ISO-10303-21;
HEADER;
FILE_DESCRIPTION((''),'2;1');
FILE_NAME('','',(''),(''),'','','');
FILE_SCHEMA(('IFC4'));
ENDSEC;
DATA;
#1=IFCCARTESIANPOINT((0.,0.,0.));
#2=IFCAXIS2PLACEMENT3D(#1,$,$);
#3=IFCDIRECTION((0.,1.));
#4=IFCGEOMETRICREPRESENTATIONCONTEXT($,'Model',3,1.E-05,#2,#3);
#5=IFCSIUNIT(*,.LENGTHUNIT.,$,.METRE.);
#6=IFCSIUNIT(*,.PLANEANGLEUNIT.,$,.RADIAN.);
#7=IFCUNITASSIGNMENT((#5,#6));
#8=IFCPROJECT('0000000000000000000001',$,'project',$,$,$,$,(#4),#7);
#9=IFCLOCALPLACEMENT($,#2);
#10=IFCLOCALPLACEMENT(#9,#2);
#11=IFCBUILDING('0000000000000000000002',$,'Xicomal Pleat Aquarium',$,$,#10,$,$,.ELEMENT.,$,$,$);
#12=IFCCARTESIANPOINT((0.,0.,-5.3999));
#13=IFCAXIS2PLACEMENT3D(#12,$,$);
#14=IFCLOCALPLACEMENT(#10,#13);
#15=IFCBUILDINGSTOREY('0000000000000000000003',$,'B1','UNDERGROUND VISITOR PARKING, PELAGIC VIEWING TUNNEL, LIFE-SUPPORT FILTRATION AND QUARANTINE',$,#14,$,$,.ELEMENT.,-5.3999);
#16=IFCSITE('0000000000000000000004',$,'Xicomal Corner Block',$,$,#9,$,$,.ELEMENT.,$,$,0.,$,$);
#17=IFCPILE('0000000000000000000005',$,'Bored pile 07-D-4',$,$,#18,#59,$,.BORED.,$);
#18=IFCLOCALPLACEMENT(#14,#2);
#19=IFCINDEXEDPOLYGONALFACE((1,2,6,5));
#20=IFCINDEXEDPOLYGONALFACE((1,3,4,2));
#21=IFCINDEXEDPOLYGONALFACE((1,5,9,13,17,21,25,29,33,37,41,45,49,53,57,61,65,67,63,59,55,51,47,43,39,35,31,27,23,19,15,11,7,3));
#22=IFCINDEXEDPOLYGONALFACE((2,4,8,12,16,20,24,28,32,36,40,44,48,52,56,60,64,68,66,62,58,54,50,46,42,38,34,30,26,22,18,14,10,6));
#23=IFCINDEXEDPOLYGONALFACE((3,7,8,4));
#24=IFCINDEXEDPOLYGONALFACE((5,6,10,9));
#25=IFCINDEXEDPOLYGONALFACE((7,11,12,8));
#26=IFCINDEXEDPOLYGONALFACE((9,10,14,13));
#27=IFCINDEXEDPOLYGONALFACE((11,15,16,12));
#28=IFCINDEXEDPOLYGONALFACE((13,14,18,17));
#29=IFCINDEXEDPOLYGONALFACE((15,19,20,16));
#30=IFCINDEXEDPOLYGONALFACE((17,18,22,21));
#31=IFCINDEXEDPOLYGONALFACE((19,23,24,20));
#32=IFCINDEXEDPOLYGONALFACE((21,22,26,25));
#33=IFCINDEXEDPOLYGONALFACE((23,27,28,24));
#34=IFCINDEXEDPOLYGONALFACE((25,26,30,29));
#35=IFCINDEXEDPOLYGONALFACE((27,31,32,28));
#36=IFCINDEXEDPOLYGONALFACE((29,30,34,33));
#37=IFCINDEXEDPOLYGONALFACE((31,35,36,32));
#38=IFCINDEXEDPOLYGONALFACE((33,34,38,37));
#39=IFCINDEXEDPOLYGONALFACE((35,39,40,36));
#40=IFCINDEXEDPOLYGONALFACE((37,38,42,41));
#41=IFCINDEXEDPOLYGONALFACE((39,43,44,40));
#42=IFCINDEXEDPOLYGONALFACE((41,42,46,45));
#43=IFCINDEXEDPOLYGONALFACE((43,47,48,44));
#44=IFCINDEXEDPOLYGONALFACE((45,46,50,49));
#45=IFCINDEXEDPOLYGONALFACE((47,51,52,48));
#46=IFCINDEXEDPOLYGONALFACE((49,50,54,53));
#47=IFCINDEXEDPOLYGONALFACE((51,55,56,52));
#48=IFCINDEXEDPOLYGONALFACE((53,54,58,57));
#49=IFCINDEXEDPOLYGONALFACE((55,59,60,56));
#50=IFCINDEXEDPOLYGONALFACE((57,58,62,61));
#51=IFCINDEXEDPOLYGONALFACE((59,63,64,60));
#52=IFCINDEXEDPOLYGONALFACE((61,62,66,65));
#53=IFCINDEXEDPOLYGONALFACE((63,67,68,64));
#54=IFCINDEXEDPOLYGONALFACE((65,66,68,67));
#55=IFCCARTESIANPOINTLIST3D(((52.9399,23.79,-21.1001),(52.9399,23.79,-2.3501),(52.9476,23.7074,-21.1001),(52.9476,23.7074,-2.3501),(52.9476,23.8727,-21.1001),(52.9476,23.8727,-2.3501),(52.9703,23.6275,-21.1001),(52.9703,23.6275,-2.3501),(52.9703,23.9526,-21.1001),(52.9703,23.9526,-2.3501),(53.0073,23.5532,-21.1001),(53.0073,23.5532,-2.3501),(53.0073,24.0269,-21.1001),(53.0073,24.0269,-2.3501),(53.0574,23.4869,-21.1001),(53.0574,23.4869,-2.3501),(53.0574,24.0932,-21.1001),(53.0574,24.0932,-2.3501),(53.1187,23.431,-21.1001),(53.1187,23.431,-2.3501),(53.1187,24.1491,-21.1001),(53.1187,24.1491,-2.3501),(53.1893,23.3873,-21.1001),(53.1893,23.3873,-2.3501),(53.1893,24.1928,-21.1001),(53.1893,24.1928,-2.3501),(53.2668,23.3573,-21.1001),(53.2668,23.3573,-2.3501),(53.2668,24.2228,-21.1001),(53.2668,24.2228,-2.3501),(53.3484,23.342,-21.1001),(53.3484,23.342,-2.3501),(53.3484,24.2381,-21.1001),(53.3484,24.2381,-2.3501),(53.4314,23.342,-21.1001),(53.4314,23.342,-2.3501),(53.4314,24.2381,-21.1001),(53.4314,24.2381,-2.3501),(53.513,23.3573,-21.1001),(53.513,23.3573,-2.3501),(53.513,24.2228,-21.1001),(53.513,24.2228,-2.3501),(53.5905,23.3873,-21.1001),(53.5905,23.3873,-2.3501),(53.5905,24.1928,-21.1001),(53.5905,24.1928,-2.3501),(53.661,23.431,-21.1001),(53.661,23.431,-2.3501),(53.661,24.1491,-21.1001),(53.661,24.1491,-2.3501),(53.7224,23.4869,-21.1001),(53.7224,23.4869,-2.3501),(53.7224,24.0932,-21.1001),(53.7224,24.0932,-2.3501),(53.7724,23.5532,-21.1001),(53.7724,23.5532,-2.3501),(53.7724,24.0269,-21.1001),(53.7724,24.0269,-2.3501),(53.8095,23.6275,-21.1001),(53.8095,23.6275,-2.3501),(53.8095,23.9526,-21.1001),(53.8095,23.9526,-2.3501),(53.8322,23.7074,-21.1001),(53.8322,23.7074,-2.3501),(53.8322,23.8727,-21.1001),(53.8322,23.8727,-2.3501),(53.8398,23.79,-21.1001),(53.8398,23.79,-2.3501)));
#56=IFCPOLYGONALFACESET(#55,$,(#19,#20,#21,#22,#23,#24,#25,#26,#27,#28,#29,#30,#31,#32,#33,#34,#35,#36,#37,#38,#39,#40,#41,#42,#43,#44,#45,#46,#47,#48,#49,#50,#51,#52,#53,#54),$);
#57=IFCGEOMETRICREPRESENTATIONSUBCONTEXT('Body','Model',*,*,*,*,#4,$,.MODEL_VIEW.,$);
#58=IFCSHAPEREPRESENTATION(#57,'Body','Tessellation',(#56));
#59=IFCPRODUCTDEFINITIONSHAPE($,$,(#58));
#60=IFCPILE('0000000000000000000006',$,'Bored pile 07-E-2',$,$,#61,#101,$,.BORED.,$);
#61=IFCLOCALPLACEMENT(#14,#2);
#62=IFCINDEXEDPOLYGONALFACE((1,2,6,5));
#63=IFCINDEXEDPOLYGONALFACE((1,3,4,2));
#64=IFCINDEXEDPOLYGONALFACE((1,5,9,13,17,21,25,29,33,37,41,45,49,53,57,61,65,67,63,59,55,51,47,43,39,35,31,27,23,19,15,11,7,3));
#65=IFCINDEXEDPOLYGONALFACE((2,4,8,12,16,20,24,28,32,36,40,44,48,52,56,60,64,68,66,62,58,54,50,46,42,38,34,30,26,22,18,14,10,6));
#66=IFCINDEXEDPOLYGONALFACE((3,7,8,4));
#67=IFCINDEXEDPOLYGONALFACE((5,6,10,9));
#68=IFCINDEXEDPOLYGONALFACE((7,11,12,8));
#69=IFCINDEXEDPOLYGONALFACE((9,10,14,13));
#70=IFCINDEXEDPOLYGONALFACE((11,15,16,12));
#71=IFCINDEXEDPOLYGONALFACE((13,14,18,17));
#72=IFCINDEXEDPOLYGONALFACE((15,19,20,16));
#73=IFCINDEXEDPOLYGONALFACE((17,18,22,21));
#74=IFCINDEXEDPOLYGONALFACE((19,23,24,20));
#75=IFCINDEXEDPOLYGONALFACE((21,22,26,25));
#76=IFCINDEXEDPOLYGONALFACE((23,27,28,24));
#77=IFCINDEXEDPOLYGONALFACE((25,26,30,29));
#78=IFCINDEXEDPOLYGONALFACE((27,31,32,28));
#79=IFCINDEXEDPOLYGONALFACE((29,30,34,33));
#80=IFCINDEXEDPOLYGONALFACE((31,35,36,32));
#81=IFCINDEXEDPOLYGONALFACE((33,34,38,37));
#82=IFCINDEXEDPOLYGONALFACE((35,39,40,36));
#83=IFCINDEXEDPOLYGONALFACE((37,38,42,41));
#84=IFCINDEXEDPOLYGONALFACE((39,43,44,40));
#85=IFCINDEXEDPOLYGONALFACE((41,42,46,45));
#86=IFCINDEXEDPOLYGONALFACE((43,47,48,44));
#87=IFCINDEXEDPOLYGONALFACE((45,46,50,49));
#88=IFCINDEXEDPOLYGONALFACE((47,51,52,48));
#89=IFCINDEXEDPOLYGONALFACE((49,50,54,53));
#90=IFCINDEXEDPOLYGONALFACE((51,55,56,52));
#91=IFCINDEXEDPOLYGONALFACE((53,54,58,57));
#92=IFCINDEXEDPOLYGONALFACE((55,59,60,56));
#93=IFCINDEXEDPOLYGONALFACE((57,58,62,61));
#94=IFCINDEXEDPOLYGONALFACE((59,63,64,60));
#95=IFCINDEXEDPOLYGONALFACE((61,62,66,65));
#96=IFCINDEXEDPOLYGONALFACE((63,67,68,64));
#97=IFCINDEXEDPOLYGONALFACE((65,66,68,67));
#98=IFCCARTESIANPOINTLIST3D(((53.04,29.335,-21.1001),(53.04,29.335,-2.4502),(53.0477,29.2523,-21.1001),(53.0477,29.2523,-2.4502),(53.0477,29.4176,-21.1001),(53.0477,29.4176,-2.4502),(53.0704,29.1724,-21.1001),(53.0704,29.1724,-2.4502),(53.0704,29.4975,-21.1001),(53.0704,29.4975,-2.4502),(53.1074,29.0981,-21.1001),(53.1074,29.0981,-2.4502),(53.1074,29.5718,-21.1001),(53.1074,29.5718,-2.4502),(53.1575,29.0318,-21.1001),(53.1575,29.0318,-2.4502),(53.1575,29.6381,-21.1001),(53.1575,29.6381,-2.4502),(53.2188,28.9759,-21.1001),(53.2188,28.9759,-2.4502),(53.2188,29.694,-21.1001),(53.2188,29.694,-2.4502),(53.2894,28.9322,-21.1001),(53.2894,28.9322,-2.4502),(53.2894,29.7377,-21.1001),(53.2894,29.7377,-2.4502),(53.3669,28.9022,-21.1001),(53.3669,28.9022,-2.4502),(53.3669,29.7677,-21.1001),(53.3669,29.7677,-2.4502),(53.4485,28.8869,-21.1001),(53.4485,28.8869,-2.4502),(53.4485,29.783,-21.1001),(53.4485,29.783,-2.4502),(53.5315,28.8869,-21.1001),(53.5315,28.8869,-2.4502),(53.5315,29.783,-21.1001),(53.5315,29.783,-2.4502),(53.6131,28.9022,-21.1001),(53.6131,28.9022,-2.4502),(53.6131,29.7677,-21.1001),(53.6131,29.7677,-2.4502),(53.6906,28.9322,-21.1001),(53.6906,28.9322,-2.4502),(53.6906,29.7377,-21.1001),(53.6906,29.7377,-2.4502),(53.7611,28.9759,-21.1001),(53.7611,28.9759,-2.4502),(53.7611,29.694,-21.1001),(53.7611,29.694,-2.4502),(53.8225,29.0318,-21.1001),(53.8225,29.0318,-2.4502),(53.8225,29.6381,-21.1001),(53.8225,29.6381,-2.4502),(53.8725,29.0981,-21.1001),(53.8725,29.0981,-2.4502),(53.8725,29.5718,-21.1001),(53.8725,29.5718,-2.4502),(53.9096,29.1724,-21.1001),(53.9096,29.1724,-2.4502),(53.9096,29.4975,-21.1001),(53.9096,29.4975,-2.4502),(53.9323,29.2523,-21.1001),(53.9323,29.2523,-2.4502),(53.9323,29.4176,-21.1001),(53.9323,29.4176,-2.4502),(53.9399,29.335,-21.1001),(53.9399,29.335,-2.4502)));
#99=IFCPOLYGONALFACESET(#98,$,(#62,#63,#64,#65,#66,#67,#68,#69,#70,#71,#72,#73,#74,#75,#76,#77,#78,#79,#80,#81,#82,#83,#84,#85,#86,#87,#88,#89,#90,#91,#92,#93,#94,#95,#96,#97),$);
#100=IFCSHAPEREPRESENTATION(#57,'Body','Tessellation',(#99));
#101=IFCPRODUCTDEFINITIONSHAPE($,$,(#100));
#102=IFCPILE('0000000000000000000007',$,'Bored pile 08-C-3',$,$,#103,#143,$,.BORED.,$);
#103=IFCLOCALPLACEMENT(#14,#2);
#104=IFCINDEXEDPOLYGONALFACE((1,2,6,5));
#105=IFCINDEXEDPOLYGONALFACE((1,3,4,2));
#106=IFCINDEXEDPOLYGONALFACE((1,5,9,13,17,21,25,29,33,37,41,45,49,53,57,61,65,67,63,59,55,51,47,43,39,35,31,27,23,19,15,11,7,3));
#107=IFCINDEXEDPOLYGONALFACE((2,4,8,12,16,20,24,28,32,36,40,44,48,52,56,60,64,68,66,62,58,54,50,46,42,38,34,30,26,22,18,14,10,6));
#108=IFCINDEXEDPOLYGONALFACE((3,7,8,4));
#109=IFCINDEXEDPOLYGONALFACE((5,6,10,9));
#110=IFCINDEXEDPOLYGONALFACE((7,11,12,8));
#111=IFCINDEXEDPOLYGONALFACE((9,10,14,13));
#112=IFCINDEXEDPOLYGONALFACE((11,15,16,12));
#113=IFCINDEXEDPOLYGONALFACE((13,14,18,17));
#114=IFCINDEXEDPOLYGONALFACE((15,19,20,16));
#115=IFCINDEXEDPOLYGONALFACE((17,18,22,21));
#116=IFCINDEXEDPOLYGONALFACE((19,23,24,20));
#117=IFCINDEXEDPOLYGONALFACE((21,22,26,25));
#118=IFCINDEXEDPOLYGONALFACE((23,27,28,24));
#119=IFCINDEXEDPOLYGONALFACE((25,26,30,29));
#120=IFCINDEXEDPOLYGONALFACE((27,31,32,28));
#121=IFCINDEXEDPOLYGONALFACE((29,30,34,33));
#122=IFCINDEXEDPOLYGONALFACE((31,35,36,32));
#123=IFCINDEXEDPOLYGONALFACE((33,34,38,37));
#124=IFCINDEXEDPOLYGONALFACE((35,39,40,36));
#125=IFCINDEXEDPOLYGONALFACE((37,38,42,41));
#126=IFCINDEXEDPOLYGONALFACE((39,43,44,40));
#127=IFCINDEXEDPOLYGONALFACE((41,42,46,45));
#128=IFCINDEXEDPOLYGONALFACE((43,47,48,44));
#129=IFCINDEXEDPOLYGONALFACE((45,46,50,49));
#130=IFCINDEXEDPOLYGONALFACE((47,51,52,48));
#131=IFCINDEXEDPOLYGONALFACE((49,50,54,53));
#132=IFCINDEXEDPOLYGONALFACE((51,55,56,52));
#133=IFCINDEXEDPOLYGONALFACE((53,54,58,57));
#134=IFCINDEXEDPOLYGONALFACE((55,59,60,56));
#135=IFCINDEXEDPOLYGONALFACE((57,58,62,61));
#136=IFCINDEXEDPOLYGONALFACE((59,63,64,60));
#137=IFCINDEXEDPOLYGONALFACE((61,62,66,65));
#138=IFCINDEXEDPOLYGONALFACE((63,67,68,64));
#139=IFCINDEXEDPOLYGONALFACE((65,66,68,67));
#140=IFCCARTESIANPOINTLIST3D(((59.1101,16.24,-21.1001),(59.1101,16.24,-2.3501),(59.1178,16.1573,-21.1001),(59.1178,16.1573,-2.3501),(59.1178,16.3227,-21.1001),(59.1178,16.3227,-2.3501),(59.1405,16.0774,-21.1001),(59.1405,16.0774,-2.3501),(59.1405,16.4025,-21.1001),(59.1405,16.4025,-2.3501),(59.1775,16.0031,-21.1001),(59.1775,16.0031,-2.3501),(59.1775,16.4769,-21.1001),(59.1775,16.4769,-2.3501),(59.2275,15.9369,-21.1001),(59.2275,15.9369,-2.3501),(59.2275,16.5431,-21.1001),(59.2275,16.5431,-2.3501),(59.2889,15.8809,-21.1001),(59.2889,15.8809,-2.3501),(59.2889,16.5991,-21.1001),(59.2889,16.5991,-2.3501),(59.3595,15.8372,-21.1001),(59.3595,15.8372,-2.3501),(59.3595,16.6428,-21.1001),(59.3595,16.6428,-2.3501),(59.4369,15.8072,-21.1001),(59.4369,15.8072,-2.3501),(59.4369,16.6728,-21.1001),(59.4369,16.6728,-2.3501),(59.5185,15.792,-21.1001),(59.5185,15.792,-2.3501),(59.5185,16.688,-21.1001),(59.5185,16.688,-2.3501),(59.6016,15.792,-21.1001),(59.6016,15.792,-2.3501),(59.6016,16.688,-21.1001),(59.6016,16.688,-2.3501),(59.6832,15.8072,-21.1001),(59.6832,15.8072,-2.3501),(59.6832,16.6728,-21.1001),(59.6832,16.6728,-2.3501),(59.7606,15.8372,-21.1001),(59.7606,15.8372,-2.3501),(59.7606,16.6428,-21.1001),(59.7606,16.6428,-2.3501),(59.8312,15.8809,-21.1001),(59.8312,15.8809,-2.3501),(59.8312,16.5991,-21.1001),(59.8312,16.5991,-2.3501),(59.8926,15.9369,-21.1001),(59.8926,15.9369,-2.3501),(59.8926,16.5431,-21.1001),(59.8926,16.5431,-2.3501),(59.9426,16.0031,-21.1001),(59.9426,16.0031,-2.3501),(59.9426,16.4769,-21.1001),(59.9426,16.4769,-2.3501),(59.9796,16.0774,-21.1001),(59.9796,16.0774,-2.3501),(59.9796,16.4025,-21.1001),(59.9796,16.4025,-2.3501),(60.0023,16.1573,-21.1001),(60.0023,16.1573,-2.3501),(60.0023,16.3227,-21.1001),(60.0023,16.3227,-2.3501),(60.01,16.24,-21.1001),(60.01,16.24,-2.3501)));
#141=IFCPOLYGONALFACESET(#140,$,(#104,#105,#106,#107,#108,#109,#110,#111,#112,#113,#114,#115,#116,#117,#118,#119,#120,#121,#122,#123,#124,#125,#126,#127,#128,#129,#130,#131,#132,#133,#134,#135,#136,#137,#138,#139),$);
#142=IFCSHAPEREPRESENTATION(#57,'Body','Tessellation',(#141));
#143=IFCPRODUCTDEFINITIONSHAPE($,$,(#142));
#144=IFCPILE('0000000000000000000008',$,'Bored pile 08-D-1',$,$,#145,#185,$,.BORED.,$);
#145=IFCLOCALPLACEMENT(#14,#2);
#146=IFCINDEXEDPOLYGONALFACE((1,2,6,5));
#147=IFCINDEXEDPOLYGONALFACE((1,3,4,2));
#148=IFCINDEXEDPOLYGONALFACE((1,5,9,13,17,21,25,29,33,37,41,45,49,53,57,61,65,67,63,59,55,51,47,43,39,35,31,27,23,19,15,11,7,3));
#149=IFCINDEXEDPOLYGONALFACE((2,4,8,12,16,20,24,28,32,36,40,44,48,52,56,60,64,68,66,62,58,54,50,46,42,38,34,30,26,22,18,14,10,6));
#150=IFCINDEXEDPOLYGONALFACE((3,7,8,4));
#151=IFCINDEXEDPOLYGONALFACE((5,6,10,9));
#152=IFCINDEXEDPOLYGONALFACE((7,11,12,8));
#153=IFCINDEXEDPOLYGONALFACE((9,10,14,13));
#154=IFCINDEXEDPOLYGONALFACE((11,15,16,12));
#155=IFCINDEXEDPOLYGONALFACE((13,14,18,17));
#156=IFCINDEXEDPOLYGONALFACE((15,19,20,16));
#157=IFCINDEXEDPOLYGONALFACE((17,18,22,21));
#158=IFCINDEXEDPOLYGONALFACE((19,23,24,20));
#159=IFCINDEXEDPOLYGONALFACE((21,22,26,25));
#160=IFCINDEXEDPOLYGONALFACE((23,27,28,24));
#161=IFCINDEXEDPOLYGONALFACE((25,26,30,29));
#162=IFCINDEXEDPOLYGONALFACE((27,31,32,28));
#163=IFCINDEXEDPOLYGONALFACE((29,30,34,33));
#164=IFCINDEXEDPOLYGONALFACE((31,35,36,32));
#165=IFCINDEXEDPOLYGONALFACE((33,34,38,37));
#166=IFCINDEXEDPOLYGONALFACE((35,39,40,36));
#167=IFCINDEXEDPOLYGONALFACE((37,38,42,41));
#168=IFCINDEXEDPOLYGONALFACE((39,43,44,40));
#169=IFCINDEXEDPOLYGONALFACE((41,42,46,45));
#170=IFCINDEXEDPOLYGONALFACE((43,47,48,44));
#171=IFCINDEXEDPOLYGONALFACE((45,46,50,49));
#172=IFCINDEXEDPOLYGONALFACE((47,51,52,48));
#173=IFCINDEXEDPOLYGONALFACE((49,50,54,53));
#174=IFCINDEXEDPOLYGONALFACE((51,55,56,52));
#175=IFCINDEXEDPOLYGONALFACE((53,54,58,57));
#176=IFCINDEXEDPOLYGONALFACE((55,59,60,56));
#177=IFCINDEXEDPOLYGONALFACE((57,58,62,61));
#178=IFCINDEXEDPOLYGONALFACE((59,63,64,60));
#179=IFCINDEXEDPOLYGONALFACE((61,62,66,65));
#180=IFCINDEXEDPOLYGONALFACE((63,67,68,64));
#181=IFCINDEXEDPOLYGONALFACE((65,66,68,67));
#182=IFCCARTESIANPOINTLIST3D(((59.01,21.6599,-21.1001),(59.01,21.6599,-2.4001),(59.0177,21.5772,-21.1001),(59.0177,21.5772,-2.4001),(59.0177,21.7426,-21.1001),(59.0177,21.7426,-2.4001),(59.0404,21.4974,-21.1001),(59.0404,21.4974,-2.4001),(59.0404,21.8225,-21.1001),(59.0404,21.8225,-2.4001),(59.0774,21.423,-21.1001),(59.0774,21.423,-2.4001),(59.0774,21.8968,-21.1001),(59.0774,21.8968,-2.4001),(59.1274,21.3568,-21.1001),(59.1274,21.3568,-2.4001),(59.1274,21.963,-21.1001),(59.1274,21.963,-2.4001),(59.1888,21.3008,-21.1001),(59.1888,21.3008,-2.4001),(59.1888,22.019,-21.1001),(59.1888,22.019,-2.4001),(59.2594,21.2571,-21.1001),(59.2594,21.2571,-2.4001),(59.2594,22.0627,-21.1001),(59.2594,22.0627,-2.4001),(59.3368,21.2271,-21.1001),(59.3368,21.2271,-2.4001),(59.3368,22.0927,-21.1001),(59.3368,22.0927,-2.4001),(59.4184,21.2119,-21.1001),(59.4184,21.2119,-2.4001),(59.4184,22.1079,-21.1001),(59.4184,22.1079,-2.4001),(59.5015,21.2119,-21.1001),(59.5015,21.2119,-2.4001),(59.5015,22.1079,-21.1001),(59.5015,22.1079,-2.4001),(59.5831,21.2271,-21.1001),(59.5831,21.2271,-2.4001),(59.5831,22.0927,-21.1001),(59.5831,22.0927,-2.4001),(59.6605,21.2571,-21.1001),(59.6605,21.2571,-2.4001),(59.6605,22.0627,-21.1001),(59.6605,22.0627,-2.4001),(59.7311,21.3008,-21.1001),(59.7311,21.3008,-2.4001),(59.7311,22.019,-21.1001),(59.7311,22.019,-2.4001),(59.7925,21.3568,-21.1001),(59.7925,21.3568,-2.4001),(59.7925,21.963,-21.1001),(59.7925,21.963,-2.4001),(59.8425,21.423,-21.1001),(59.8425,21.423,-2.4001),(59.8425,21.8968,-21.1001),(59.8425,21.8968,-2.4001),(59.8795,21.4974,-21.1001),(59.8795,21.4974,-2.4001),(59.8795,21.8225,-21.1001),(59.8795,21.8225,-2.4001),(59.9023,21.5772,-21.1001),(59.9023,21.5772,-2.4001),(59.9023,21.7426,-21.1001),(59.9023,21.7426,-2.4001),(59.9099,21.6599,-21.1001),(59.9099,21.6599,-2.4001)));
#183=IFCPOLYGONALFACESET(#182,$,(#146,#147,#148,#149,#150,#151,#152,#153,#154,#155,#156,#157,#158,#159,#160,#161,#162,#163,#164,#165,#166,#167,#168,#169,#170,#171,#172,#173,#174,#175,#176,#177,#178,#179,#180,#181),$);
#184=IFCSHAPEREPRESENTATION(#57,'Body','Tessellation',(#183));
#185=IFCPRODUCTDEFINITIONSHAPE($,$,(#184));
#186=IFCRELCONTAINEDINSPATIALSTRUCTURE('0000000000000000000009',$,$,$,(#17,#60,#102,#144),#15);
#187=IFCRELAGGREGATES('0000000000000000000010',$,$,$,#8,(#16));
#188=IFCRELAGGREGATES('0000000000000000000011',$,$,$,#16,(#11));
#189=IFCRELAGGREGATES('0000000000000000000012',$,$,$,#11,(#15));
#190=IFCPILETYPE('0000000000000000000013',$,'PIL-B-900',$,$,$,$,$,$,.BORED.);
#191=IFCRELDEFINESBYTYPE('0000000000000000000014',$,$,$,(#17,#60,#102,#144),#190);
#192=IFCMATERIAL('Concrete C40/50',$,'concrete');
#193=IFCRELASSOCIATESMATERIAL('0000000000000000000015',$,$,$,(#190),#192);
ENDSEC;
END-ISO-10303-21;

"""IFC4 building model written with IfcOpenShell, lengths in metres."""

from ifc_helpers import new_model, si_unit, direction, frame, origin, origin_2d, place, context, subcontext, project, spatial, circle, extrude, material, material_profile, profile_set, type_object, element, save


model = new_model("IFC4")

# Units and contexts
model_context = context("Model", 3, precision=1e-05, world=origin(), true_north=direction((0.0, 1.0)))
body_context = subcontext(model_context, "Body", "Model", "MODEL_VIEW")
ifc_project = project(units=[si_unit("LENGTHUNIT", "METRE"), si_unit("PLANEANGLEUNIT", "RADIAN")], contexts=[model_context])

# Site, building, storey
site_placement = place(None, origin())
site = spatial("IfcSite", under=ifc_project, at=site_placement, Name="Xicomal Corner Block", CompositionType="ELEMENT", RefElevation=0.0)
building_placement = place(site_placement, origin())
building = spatial("IfcBuilding", under=site, at=building_placement, Name="Xicomal Pleat Aquarium", CompositionType="ELEMENT")
storey_placement = place(building_placement, frame((0.0, 0.0, -5.3999)))
storey = spatial("IfcBuildingStorey", under=building, at=storey_placement, Name="B1", Description="UNDERGROUND VISITOR PARKING, PELAGIC VIEWING TUNNEL, LIFE-SUPPORT FILTRATION AND QUARANTINE", CompositionType="ELEMENT", Elevation=-5.3999)

# Piles
ifc_material_1 = material(Name="Concrete C40/50", Category="concrete")
ifc_material_profile_1 = material_profile(ifc_material_1, circle(Radius=0.45, at=origin_2d()), Name="BORED PILE D900")
ifc_profile_set_1 = profile_set([ifc_material_profile_1], Name="Concrete C40/50")
pile_type_1 = type_object("IfcPileType", Name="PIL-B-900", PredefinedType="BORED", material=ifc_profile_set_1)
for number, where, z_axis, x_axis, name in (
    (1, (53.3899, 23.79, -2.3501), (0.0, 0.0, -1.0), (1.0, 0.0, 0.0), "Bored pile 07-D-4"),
):
    element("IfcPile", number, at=place(storey_placement, frame(where, z_axis=z_axis, x_axis=x_axis)), inside=storey, type_object=pile_type_1, Name=name, PredefinedType="BORED", context=body_context, shape_type="SweptSolid", body=[
        extrude(circle(Radius=0.45, at=origin_2d()), origin(), (0.0, 0.0, 1.0), 18.75),
    ])
pile_1_placement = place(storey_placement, frame((53.49, 29.335, -2.4502), z_axis=(0.0, 0.0, -1.0), x_axis=(1.0, 0.0, 0.0)))
element("IfcPile", 2, at=pile_1_placement, inside=storey, type_object=pile_type_1, Name="Bored pile 07-E-2", PredefinedType="BORED", context=body_context, shape_type="SweptSolid", body=[
    extrude(circle(Radius=0.45, at=origin_2d()), origin(), (0.0, 0.0, 1.0), 18.6499),
])
pile_2_placement = place(storey_placement, frame((59.5601, 16.24, -2.3501), z_axis=(0.0, 0.0, -1.0), x_axis=(1.0, 0.0, 0.0)))
element("IfcPile", 3, at=pile_2_placement, inside=storey, type_object=pile_type_1, Name="Bored pile 08-C-3", PredefinedType="BORED", context=body_context, shape_type="SweptSolid", body=[
    extrude(circle(Radius=0.45, at=origin_2d()), origin(), (0.0, 0.0, 1.0), 18.75),
])
for number, where, z_axis, x_axis, name in (
    (4, (59.46, 21.6599, -2.4001), (0.0, 0.0, -1.0), (1.0, 0.0, 0.0), "Bored pile 08-D-1"),
):
    element("IfcPile", number, at=place(storey_placement, frame(where, z_axis=z_axis, x_axis=x_axis)), inside=storey, type_object=pile_type_1, Name=name, PredefinedType="BORED", context=body_context, shape_type="SweptSolid", body=[
        extrude(circle(Radius=0.45, at=origin_2d()), origin(), (0.0, 0.0, 1.0), 18.7),
    ])

save(model, "model.ifc")
